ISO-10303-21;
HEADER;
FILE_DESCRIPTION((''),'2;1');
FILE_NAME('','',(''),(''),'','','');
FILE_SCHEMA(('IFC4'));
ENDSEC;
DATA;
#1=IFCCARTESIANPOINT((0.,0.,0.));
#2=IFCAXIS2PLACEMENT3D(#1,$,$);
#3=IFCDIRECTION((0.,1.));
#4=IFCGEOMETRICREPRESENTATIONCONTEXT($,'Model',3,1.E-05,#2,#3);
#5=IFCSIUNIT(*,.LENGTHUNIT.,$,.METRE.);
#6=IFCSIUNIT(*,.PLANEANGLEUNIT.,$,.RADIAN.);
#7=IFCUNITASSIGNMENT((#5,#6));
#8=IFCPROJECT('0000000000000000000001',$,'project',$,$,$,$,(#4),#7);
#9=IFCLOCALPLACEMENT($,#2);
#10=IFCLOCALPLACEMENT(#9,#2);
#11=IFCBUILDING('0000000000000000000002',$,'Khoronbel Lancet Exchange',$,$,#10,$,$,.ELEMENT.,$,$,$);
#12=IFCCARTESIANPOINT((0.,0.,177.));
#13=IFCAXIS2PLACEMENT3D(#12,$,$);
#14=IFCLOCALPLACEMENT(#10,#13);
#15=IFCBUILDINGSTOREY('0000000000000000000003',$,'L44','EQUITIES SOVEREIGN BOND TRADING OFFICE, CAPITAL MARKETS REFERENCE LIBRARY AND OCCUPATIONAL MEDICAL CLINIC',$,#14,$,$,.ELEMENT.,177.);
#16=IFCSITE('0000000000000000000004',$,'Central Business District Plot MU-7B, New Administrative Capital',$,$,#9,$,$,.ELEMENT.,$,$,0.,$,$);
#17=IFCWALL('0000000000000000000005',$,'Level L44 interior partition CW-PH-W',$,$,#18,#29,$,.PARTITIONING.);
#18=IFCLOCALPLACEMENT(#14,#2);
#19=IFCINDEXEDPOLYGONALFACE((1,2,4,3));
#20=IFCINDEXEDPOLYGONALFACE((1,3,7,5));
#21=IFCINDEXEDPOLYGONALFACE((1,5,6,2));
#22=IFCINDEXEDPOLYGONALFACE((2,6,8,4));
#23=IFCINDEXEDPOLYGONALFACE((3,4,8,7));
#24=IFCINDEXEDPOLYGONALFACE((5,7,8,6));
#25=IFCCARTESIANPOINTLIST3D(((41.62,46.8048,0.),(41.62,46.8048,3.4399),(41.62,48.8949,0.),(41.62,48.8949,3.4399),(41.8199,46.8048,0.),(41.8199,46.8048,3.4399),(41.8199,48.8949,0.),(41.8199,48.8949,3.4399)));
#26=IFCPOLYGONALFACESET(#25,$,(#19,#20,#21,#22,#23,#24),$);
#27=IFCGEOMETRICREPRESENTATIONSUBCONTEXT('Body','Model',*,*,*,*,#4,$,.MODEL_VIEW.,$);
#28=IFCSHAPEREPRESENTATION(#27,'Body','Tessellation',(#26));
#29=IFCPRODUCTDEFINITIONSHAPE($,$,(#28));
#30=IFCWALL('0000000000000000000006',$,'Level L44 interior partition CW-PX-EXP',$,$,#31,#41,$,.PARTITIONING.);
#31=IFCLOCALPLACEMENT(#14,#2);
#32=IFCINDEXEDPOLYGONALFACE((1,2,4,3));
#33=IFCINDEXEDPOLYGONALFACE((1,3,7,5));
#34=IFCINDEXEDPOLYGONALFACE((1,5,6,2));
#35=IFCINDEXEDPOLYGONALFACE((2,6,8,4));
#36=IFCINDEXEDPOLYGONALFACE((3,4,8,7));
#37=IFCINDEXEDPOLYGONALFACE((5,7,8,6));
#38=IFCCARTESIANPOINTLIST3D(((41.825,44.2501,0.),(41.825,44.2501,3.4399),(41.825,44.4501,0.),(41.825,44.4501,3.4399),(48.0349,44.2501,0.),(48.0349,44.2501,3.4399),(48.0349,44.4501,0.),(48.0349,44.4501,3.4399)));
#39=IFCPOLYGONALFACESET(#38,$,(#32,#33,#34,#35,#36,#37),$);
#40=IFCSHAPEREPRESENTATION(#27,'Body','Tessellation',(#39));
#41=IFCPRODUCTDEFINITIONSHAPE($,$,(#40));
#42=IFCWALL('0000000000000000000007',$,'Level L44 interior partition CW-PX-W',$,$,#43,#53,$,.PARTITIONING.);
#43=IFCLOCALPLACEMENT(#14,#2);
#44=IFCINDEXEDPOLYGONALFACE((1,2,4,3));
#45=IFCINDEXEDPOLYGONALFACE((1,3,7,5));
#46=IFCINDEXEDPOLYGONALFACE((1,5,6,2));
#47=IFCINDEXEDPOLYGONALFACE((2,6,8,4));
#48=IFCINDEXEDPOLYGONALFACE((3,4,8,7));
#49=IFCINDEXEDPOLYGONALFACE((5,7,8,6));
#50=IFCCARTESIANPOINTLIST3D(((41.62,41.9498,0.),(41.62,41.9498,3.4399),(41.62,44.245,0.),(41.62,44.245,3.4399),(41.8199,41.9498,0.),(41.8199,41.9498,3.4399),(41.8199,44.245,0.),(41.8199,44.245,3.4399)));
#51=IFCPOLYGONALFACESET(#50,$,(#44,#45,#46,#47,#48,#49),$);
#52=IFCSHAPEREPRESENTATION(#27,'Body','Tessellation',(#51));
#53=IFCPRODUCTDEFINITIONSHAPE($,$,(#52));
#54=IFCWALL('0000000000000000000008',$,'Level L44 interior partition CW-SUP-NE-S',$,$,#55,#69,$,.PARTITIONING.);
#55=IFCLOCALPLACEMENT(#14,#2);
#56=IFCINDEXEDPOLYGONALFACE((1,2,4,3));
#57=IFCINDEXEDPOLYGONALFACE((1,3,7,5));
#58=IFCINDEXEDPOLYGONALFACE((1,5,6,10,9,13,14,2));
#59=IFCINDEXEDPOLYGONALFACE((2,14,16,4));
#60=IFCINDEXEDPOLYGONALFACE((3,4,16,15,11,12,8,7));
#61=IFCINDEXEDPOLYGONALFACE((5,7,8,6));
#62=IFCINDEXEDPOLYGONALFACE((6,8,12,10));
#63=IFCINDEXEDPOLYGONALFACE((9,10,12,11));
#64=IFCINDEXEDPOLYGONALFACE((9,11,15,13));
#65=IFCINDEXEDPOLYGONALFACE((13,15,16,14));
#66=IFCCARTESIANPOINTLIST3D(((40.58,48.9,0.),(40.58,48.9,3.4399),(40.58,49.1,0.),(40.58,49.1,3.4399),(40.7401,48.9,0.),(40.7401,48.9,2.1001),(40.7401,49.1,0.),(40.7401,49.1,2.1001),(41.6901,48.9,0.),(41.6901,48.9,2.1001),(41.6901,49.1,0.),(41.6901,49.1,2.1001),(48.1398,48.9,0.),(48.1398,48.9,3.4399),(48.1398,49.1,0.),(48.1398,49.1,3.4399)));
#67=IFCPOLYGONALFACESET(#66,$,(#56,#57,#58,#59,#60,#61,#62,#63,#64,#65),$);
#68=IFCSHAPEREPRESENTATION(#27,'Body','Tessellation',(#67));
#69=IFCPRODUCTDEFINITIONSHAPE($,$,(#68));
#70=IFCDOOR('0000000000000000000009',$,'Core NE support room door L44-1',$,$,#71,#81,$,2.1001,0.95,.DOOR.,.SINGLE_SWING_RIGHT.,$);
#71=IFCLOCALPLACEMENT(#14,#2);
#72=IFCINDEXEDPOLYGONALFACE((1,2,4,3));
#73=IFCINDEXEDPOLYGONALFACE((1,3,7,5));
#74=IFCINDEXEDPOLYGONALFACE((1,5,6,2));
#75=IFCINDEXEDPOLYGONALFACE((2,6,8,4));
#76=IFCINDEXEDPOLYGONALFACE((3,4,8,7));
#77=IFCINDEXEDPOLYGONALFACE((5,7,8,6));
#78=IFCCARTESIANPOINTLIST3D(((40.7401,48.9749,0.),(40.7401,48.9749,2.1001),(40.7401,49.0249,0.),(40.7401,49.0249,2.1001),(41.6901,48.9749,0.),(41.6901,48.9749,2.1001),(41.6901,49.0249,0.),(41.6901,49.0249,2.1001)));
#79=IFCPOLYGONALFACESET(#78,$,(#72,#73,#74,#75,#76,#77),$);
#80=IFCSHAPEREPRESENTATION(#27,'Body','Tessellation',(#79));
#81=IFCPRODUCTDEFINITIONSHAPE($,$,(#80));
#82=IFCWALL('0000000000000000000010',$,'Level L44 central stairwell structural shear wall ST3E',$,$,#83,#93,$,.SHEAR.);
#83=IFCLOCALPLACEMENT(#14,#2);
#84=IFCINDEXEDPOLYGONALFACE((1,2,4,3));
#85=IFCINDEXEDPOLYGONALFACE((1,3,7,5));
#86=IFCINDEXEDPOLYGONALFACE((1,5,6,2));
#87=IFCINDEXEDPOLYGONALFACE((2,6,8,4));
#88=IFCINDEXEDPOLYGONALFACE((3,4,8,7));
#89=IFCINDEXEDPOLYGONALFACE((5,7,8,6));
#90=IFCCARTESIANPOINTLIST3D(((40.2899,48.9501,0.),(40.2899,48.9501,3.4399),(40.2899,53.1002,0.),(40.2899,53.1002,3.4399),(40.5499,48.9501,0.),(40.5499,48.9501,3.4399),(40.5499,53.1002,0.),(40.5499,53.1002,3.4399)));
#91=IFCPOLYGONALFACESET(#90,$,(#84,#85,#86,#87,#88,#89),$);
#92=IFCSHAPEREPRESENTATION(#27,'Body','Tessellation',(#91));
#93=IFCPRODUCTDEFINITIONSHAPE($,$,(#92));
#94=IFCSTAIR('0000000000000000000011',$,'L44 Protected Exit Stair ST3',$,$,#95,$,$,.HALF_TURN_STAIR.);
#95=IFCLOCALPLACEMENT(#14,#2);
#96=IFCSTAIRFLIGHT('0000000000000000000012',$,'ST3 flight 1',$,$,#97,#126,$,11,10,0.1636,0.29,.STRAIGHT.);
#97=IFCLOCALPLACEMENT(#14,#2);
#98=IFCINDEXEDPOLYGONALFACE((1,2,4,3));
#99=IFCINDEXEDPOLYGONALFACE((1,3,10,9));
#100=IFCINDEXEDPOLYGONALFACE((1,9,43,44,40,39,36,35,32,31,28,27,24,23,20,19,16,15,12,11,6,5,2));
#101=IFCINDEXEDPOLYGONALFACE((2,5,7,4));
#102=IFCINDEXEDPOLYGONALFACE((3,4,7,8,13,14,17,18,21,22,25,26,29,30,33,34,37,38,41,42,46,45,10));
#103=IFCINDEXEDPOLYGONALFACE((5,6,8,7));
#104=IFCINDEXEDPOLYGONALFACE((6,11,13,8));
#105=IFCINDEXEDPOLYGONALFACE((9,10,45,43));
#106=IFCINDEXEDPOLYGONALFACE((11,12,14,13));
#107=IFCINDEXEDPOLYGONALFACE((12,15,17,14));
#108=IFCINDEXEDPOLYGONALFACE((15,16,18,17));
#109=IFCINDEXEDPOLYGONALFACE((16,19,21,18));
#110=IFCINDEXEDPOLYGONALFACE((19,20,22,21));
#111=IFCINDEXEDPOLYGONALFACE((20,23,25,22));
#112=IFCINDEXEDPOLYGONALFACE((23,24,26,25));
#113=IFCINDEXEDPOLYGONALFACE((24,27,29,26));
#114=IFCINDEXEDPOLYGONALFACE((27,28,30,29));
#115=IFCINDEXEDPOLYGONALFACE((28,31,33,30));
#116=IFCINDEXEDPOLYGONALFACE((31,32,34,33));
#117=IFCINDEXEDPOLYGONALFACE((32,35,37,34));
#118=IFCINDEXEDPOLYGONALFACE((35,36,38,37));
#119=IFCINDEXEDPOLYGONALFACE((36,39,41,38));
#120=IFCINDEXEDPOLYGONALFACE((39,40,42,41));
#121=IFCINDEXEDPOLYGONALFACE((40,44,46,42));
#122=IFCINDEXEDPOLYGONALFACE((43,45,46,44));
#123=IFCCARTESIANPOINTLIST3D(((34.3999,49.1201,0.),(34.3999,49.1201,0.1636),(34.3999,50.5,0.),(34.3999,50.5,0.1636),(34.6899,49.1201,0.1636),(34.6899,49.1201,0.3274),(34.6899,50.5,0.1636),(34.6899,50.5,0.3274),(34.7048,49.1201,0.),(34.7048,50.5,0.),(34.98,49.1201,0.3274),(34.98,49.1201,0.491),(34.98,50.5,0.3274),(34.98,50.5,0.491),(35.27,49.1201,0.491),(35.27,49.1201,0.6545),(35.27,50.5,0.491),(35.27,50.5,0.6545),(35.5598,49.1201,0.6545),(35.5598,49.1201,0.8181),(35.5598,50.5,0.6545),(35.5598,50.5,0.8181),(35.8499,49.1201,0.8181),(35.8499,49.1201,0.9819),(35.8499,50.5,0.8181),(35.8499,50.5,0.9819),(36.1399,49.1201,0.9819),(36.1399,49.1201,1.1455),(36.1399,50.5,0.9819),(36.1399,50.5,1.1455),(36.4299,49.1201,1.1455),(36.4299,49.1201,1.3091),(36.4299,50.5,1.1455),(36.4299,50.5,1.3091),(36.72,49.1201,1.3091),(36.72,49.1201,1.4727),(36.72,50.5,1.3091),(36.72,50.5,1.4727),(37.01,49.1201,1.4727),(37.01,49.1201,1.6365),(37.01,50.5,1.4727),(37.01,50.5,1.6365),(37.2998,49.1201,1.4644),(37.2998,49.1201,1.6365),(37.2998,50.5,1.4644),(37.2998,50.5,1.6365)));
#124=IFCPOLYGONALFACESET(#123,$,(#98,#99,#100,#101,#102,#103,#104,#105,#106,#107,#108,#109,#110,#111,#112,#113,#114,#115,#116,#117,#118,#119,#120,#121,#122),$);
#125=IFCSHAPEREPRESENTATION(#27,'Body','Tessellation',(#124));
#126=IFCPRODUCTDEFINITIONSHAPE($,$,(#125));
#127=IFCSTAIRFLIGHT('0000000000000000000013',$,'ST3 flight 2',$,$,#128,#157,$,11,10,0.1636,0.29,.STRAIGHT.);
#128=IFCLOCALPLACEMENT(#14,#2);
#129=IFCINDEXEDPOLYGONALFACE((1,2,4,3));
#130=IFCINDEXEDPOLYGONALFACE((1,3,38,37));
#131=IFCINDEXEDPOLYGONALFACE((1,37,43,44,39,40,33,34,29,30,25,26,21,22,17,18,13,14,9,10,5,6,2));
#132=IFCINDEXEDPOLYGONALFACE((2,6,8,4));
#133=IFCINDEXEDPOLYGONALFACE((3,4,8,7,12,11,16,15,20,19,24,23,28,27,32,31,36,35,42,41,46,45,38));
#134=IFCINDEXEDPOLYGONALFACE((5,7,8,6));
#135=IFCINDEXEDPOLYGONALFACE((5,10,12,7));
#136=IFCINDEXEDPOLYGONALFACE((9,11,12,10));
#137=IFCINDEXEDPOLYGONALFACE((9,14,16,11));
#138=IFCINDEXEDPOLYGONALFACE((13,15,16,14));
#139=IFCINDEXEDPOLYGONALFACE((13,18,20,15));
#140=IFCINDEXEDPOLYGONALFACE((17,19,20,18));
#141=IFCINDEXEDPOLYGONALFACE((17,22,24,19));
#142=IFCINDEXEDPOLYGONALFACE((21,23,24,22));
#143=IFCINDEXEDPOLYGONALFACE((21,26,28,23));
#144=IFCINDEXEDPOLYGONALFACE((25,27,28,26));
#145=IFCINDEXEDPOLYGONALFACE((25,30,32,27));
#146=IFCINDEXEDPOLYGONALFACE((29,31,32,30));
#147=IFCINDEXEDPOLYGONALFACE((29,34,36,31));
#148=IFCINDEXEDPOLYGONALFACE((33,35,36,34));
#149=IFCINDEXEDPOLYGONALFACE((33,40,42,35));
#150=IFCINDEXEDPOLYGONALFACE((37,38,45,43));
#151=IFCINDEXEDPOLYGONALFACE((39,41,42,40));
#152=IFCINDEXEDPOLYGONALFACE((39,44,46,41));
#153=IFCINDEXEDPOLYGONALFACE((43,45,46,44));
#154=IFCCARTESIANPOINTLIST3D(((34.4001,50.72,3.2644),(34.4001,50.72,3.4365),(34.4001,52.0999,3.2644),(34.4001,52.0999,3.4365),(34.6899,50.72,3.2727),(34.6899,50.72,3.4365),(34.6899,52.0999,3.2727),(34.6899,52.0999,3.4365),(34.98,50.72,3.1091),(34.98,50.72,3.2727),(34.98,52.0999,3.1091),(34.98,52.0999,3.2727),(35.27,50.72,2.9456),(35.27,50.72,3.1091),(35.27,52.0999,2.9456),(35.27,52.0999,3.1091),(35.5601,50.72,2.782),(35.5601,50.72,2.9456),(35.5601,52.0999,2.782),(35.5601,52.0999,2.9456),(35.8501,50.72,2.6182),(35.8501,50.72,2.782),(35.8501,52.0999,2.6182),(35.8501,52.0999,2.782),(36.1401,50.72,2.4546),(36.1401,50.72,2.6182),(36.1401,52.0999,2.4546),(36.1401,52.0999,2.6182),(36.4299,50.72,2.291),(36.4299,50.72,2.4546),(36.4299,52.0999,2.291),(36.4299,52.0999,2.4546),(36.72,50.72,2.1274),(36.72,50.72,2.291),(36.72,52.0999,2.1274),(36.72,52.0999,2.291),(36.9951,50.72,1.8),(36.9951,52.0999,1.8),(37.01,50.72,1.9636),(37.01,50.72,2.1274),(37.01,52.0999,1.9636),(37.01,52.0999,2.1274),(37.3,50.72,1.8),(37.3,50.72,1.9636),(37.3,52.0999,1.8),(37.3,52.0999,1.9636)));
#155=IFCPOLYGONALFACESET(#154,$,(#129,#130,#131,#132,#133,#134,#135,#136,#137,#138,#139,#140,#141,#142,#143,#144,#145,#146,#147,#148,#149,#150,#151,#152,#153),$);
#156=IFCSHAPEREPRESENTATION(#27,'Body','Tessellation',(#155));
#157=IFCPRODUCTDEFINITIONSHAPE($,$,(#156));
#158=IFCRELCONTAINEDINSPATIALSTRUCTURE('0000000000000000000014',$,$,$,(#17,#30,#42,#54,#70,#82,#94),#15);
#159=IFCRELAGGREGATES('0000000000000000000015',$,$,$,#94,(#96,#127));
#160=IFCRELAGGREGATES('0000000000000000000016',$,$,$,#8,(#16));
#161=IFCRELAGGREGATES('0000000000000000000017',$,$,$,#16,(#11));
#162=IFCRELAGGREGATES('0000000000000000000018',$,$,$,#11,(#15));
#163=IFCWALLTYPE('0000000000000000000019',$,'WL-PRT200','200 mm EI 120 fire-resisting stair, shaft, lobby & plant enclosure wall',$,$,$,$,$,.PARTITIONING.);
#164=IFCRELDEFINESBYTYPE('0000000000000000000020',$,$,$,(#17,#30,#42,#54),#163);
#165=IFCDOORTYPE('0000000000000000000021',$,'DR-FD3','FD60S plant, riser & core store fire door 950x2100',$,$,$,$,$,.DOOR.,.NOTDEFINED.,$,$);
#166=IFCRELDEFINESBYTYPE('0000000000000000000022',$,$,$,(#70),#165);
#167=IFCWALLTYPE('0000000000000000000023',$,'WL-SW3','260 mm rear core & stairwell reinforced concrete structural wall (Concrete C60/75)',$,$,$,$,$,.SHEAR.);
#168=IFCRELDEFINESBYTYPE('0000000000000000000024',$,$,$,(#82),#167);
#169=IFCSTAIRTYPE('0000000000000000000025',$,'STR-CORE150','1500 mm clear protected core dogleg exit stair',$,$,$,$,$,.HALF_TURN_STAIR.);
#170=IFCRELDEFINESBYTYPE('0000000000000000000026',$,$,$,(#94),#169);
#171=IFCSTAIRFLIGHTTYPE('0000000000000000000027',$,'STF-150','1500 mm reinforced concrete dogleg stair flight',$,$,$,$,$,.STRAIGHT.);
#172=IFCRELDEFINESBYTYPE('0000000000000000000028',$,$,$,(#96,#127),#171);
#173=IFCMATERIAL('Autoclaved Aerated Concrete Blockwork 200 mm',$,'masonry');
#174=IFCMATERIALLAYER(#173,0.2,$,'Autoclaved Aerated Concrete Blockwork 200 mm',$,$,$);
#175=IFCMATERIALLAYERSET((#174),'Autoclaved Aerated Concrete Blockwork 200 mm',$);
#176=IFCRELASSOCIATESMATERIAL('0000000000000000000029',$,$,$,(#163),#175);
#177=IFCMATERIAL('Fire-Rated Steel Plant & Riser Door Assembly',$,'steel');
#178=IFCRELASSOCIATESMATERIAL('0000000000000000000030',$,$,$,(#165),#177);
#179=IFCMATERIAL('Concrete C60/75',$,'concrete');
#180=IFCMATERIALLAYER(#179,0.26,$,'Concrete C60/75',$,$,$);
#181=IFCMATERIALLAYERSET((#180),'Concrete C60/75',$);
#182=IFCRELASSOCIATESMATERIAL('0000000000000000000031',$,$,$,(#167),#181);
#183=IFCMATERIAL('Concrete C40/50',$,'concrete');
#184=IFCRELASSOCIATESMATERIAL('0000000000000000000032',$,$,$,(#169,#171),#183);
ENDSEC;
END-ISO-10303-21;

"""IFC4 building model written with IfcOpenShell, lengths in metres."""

from ifc_helpers import new_model, si_unit, direction, frame, frame_2d, origin, place, context, subcontext, project, spatial, polyline, rectangle, outline, extrude, material, layer, layer_set, type_object, element, fill, aggregate, save


model = new_model("IFC4")

# Units and contexts
model_context = context("Model", 3, precision=1e-05, world=origin(), true_north=direction((0.0, 1.0)))
body_context = subcontext(model_context, "Body", "Model", "MODEL_VIEW")
ifc_project = project(units=[si_unit("LENGTHUNIT", "METRE"), si_unit("PLANEANGLEUNIT", "RADIAN")], contexts=[model_context])

# Site, building, storey
site_placement = place(None, origin())
site = spatial("IfcSite", under=ifc_project, at=site_placement, Name="Central Business District Plot MU-7B, New Administrative Capital", CompositionType="ELEMENT", RefElevation=0.0)
building_placement = place(site_placement, origin())
building = spatial("IfcBuilding", under=site, at=building_placement, Name="Khoronbel Lancet Exchange", CompositionType="ELEMENT")
storey_placement = place(building_placement, frame((0.0, 0.0, 177.0)))
storey = spatial("IfcBuildingStorey", under=building, at=storey_placement, Name="L44", Description="EQUITIES SOVEREIGN BOND TRADING OFFICE, CAPITAL MARKETS REFERENCE LIBRARY AND OCCUPATIONAL MEDICAL CLINIC", CompositionType="ELEMENT", Elevation=177.0)

# Shared definitions
ifc_material_1 = material(Name="Concrete C60/75", Category="concrete")

# Walls
ifc_material_2 = material(Name="Autoclaved Aerated Concrete Blockwork 200 mm", Category="masonry")
ifc_layer_1 = layer(ifc_material_2, 0.2, Name="Autoclaved Aerated Concrete Blockwork 200 mm")
ifc_layer_set_1 = layer_set([ifc_layer_1], Name="Autoclaved Aerated Concrete Blockwork 200 mm")
wall_type_1 = type_object("IfcWallType", Name="WL-PRT200", Description="200 mm EI 120 fire-resisting stair, shaft, lobby & plant enclosure wall", PredefinedType="PARTITIONING", material=ifc_layer_set_1)
wall_1_placement = place(storey_placement, frame((41.72, 46.8049, 0.0), z_axis=(0.0, 0.0, 1.0), x_axis=(0.0, 1.0, 0.0)))
element("IfcWall", 1, at=wall_1_placement, inside=storey, type_object=wall_type_1, Name="Level L44 interior partition CW-PH-W", PredefinedType="PARTITIONING", context=body_context, shape_type="SweptSolid", body=[
    extrude(rectangle(XDim=2.0901, YDim=0.2, at=frame_2d((1.0449, 0.0))), origin(), (0.0, 0.0, 1.0), 3.4399),
])
wall_2_placement = place(storey_placement, frame((41.825, 44.3501, 0.0), z_axis=(0.0, 0.0, 1.0), x_axis=(1.0, 0.0, 0.0)))
element("IfcWall", 2, at=wall_2_placement, inside=storey, type_object=wall_type_1, Name="Level L44 interior partition CW-PX-EXP", PredefinedType="PARTITIONING", context=body_context, shape_type="SweptSolid", body=[
    extrude(rectangle(XDim=6.21, YDim=0.2, at=frame_2d((3.105, 0.0))), origin(), (0.0, 0.0, 1.0), 3.4399),
])
wall_3_placement = place(storey_placement, frame((41.72, 41.95, 0.0), z_axis=(0.0, 0.0, 1.0), x_axis=(0.0, 1.0, 0.0)))
element("IfcWall", 3, at=wall_3_placement, inside=storey, type_object=wall_type_1, Name="Level L44 interior partition CW-PX-W", PredefinedType="PARTITIONING", context=body_context, shape_type="SweptSolid", body=[
    extrude(rectangle(XDim=2.2952, YDim=0.2, at=frame_2d((1.1475, 0.0))), origin(), (0.0, 0.0, 1.0), 3.4399),
])

# Wall, opening, door
wall_4_placement = place(storey_placement, frame((40.5801, 49.0, 0.0), z_axis=(0.0, 0.0, 1.0), x_axis=(1.0, 0.0, 0.0)))
wall_4 = element("IfcWall", 4, at=wall_4_placement, inside=storey, type_object=wall_type_1, Name="Level L44 interior partition CW-SUP-NE-S", PredefinedType="PARTITIONING", context=body_context, shape_type="SweptSolid", body=[
    extrude(rectangle(XDim=7.5598, YDim=0.2, at=frame_2d((3.7798, 0.0))), origin(), (0.0, 0.0, 1.0), 3.4399),
])
opening_1_placement = place(wall_4_placement, frame((0.1599, 0.0, 0.0)))
opening_1 = element("IfcOpeningElement", 5, at=opening_1_placement, cuts=wall_4, PredefinedType="OPENING", context=body_context, shape_type="SweptSolid", body=[
    extrude(rectangle(XDim=0.95, YDim=2.1001, at=frame_2d((0.4751, 1.05))), frame((0.0, 0.1099, 0.0), z_axis=(0.0, -1.0, 0.0), x_axis=(1.0, 0.0, 0.0)), (0.0, 0.0, 1.0), 0.22),
])
ifc_material_3 = material(Name="Fire-Rated Steel Plant & Riser Door Assembly", Category="steel")
door_type_1 = type_object("IfcDoorType", Name="DR-FD3", Description="FD60S plant, riser & core store fire door 950x2100", OperationType="NOTDEFINED", PredefinedType="DOOR", material=ifc_material_3)
door_1_placement = place(opening_1_placement, origin())
door_1 = element("IfcDoor", 6, at=door_1_placement, inside=storey, type_object=door_type_1, Name="Core NE support room door L44-1", OperationType="SINGLE_SWING_RIGHT", OverallHeight=2.1001, OverallWidth=0.95, PredefinedType="DOOR", context=body_context, shape_type="SweptSolid", body=[
    extrude(rectangle(XDim=0.95, YDim=2.1001, at=frame_2d((0.4751, 1.05))), frame((0.0, 0.0249, 0.0), z_axis=(0.0, -1.0, 0.0), x_axis=(1.0, 0.0, 0.0)), (0.0, 0.0, 1.0), 0.05),
])
fill(opening_1, door_1)

# Wall
ifc_layer_2 = layer(ifc_material_1, 0.26, Name="Concrete C60/75")
ifc_layer_set_2 = layer_set([ifc_layer_2], Name="Concrete C60/75")
wall_type_2 = type_object("IfcWallType", Name="WL-SW3", Description="260 mm rear core & stairwell reinforced concrete structural wall (Concrete C60/75)", PredefinedType="SHEAR", material=ifc_layer_set_2)
wall_5_placement = place(storey_placement, frame((40.4199, 48.95, 0.0), z_axis=(0.0, 0.0, 1.0), x_axis=(0.0, 1.0, 0.0)))
element("IfcWall", 7, at=wall_5_placement, inside=storey, type_object=wall_type_2, Name="Level L44 central stairwell structural shear wall ST3E", PredefinedType="SHEAR", context=body_context, shape_type="SweptSolid", body=[
    extrude(rectangle(XDim=4.1501, YDim=0.26, at=frame_2d((2.0752, 0.0))), origin(), (0.0, 0.0, 1.0), 3.4399),
])

# Stair, stair flights
ifc_material_4 = material(Name="Concrete C40/50", Category="concrete")
stair_type = type_object("IfcStairType", Name="STR-CORE150", Description="1500 mm clear protected core dogleg exit stair", PredefinedType="HALF_TURN_STAIR", material=ifc_material_4)
stair_placement = place(storey_placement, origin())
stair = element("IfcStair", 8, at=stair_placement, inside=storey, type_object=stair_type, Name="L44 Protected Exit Stair ST3", PredefinedType="HALF_TURN_STAIR")
stair_flight_type = type_object("IfcStairFlightType", Name="STF-150", Description="1500 mm reinforced concrete dogleg stair flight", PredefinedType="STRAIGHT", material=ifc_material_4)
stair_flight_1_placement = place(storey_placement, frame((34.3999, 49.8101, 0.0), z_axis=(0.0, 0.0, 1.0), x_axis=(1.0, 0.0, 0.0)))
stair_flight_1 = element("IfcStairFlight", 9, at=stair_flight_1_placement, type_object=stair_flight_type, Name="ST3 flight 1", NumberOfRisers=11, NumberOfTreads=10, PredefinedType="STRAIGHT", RiserHeight=0.1636, TreadLength=0.29, context=body_context, shape_type="SweptSolid", body=[
    extrude(outline(polyline([(0.0, 0.0), (0.0, 0.1636), (0.29, 0.1636), (0.29, 0.3274), (0.5801, 0.3274), (0.5801, 0.491), (0.8701, 0.491), (0.8701, 0.6545), (1.1599, 0.6545), (1.1599, 0.8181), (1.45, 0.8181), (1.45, 0.9819), (1.74, 0.9819), (1.74, 1.1455), (2.03, 1.1455), (2.03, 1.3091), (2.3201, 1.3091), (2.3201, 1.4727), (2.6101, 1.4727), (2.6101, 1.6365), (2.8999, 1.6365), (2.8999, 1.8), (2.8999, 1.4644), (0.3049, 0.0), (0.0, 0.0)])), frame((0.0, 0.6899, 0.0), z_axis=(0.0, -1.0, 0.0), x_axis=(1.0, 0.0, 0.0)), (0.0, 0.0, 1.0), 1.3799),
])
stair_flight_2_placement = place(storey_placement, frame((37.3, 51.4099, 1.8), z_axis=(0.0, 0.0, 1.0), x_axis=(-1.0, 0.0, 0.0)))
stair_flight_2 = element("IfcStairFlight", 10, at=stair_flight_2_placement, type_object=stair_flight_type, Name="ST3 flight 2", NumberOfRisers=11, NumberOfTreads=10, PredefinedType="STRAIGHT", RiserHeight=0.1636, TreadLength=0.29, context=body_context, shape_type="SweptSolid", body=[
    extrude(outline(polyline([(0.0, 0.0), (0.0, 0.1636), (0.29, 0.1636), (0.29, 0.3274), (0.5801, 0.3274), (0.5801, 0.491), (0.8701, 0.491), (0.8701, 0.6545), (1.1599, 0.6545), (1.1599, 0.8181), (1.45, 0.8181), (1.45, 0.9819), (1.74, 0.9819), (1.74, 1.1455), (2.03, 1.1455), (2.03, 1.3091), (2.3201, 1.3091), (2.3201, 1.4727), (2.6101, 1.4727), (2.6101, 1.6365), (2.8999, 1.6365), (2.8999, 1.8), (2.8999, 1.4644), (0.3049, 0.0), (0.0, 0.0)])), frame((0.0, 0.6899, 0.0), z_axis=(0.0, -1.0, 0.0), x_axis=(1.0, 0.0, 0.0)), (0.0, 0.0, 1.0), 1.3799),
])
aggregate(stair, [stair_flight_1, stair_flight_2])

save(model, "model.ifc")
